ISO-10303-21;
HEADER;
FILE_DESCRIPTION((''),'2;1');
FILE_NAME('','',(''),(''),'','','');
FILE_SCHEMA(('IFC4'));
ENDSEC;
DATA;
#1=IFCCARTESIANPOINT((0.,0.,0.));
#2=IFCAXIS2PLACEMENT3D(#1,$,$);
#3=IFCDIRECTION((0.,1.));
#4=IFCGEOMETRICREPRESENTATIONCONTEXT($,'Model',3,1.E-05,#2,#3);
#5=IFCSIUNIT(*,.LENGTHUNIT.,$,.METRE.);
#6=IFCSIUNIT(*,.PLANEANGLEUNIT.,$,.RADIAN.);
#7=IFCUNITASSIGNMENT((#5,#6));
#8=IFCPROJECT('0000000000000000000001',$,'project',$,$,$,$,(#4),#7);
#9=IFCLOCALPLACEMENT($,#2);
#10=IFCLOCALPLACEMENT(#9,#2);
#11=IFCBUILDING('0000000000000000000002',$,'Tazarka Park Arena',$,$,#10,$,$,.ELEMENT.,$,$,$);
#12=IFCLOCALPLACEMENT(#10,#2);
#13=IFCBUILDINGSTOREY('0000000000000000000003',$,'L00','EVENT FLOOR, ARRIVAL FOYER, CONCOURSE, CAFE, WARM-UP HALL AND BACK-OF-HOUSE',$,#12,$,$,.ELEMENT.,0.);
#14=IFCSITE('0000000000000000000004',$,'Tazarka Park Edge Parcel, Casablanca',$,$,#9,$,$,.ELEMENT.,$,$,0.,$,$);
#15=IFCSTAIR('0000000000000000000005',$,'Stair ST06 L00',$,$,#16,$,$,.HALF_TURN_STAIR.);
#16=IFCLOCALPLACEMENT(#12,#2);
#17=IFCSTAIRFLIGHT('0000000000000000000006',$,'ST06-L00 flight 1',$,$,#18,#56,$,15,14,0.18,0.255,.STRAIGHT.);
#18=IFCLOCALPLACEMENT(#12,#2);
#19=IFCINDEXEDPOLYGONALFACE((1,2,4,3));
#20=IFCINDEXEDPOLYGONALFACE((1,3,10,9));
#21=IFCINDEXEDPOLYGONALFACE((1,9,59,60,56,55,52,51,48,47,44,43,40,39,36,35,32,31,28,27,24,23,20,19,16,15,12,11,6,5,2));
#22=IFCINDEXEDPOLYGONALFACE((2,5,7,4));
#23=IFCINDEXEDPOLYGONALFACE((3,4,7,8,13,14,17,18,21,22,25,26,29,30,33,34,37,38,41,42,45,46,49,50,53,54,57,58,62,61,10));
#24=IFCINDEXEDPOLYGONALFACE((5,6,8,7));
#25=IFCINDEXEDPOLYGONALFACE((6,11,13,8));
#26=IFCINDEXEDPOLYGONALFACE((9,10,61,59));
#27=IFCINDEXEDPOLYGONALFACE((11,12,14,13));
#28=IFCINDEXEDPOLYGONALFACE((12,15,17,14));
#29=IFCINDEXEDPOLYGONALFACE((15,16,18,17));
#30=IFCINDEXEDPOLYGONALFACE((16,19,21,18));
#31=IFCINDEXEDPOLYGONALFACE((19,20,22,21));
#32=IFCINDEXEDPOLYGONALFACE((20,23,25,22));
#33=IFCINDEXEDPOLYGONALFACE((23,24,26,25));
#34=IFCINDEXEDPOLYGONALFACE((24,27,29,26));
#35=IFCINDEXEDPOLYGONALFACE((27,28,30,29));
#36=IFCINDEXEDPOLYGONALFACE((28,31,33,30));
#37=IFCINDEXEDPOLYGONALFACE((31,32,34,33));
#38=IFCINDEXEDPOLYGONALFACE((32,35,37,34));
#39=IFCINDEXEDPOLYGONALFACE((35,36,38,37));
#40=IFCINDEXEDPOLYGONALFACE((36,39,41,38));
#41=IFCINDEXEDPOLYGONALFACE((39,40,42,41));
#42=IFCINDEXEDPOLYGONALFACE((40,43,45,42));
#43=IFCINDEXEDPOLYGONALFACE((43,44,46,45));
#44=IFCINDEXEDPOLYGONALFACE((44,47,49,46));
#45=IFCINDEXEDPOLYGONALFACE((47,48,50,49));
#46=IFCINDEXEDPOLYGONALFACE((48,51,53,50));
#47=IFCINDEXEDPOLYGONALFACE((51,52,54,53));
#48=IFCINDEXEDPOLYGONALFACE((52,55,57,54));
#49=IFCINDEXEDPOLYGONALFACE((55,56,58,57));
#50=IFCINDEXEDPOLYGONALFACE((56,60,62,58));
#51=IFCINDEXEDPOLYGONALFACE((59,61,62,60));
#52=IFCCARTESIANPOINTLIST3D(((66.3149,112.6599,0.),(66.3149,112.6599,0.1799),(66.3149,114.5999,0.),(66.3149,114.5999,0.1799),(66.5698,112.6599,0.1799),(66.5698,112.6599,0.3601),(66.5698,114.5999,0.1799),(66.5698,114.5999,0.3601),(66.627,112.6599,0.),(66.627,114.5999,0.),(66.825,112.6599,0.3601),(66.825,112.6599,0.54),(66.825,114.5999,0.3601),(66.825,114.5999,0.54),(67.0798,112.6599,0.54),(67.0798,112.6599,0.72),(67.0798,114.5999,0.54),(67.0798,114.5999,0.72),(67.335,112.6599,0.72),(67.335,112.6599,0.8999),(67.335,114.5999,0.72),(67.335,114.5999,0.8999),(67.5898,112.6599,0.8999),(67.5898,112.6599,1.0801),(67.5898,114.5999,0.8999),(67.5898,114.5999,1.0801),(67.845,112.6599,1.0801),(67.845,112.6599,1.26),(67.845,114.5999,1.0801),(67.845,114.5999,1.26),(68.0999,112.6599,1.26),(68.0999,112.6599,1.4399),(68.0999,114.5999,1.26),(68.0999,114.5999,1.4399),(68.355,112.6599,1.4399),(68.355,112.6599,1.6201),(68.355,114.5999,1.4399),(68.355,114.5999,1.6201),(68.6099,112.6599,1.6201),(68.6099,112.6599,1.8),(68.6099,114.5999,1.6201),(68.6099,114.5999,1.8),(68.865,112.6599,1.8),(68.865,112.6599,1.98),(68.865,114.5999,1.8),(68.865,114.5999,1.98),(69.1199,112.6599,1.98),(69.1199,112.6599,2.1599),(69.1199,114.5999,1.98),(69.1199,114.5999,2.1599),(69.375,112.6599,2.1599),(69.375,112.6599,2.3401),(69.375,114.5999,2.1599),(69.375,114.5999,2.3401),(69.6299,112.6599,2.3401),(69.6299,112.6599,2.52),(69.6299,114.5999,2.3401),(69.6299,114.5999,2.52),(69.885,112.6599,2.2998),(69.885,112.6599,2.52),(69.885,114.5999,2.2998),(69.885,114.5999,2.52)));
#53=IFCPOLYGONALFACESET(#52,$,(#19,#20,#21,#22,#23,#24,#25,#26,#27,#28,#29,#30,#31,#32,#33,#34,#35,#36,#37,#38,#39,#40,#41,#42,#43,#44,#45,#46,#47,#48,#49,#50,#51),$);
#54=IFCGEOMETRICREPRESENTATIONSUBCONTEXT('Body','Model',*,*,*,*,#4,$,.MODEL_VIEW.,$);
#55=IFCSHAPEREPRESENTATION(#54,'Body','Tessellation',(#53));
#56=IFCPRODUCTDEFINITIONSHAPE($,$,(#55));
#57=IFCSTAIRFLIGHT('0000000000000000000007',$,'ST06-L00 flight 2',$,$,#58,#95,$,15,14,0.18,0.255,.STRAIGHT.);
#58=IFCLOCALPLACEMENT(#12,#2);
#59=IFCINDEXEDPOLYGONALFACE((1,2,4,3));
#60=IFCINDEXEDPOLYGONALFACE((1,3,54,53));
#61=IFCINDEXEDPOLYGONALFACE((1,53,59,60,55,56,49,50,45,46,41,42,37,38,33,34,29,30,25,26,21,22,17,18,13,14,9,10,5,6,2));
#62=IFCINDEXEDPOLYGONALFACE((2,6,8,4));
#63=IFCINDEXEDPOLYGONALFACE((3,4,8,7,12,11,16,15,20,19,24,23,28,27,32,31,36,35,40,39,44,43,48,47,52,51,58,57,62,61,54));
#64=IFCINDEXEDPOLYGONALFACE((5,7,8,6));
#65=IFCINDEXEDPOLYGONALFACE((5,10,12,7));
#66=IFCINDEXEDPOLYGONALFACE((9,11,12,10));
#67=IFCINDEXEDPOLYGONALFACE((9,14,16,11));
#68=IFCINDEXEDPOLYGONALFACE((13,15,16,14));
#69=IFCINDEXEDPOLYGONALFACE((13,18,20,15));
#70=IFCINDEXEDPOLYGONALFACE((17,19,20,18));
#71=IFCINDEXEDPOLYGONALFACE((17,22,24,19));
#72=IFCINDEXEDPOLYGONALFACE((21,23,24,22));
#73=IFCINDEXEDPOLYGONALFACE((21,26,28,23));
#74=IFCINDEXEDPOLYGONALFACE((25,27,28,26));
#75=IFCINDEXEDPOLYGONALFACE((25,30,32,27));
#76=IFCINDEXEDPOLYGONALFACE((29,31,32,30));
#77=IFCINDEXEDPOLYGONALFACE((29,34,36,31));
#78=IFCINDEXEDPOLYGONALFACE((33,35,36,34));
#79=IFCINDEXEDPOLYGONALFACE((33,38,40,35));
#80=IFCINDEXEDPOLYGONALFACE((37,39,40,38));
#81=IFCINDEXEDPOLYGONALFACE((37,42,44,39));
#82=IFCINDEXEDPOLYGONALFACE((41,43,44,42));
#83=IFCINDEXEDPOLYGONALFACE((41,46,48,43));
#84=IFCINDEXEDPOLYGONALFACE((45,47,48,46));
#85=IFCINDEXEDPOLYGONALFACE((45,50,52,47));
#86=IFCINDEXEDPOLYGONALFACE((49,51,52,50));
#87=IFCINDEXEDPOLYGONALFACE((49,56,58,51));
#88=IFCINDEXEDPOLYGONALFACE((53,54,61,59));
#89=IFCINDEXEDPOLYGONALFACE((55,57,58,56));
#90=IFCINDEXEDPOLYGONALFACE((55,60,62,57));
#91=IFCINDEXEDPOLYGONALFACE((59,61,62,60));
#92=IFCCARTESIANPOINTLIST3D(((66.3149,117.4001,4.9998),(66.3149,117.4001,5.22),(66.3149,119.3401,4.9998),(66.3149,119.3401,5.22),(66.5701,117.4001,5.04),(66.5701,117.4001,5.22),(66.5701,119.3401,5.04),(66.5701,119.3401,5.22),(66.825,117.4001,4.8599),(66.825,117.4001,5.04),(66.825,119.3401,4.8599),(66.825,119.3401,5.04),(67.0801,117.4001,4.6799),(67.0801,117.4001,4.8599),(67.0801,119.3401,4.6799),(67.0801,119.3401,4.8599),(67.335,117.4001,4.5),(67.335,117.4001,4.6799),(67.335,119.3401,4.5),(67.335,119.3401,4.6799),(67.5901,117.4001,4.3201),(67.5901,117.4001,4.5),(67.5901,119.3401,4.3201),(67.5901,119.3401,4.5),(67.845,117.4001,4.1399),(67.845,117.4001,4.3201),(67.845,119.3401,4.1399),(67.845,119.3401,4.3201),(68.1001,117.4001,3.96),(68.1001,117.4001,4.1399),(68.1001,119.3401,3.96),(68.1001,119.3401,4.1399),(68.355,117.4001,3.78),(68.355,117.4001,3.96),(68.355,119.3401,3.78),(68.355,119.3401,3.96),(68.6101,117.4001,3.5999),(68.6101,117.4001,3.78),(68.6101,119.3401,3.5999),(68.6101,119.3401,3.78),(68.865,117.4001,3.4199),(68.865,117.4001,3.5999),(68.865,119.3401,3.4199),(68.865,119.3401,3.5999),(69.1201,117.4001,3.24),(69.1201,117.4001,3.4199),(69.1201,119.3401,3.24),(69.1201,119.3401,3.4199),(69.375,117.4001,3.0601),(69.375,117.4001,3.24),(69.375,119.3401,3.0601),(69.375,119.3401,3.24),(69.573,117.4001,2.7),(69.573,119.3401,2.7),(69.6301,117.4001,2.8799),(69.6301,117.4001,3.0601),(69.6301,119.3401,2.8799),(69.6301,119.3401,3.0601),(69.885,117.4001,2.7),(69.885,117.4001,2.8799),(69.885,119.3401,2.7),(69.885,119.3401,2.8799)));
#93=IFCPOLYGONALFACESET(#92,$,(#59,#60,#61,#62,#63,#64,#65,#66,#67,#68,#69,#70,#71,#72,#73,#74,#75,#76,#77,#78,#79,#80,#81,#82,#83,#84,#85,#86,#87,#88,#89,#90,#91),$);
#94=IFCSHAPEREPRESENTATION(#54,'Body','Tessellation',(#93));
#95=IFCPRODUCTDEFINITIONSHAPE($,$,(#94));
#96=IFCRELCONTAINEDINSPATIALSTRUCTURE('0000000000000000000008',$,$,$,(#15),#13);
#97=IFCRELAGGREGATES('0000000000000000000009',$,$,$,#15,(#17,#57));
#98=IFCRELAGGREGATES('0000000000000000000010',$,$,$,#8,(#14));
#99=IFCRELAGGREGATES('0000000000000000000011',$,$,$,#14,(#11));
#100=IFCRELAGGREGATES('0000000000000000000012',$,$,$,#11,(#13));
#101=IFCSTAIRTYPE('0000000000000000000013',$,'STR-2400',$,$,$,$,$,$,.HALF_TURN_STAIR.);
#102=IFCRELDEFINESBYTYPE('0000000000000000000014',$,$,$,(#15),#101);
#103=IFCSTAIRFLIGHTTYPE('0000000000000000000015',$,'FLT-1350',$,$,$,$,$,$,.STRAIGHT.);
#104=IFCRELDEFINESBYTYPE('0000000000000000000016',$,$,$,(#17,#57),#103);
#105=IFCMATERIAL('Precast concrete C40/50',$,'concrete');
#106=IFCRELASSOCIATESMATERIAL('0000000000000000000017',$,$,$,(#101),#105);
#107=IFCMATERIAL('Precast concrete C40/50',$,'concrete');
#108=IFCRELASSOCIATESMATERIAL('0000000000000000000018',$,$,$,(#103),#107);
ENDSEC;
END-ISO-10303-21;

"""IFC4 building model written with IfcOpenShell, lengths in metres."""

from ifc_helpers import new_model, si_unit, direction, frame, origin, place, context, subcontext, project, spatial, polyline, outline, extrude, material, type_object, element, aggregate, save


model = new_model("IFC4")

# Units and contexts
model_context = context("Model", 3, precision=1e-05, world=origin(), true_north=direction((0.0, 1.0)))
body_context = subcontext(model_context, "Body", "Model", "MODEL_VIEW")
ifc_project = project(units=[si_unit("LENGTHUNIT", "METRE"), si_unit("PLANEANGLEUNIT", "RADIAN")], contexts=[model_context])

# Site, building, storey
site_placement = place(None, origin())
site = spatial("IfcSite", under=ifc_project, at=site_placement, Name="Tazarka Park Edge Parcel, Casablanca", CompositionType="ELEMENT", RefElevation=0.0)
building_placement = place(site_placement, origin())
building = spatial("IfcBuilding", under=site, at=building_placement, Name="Tazarka Park Arena", CompositionType="ELEMENT")
storey_placement = place(building_placement, origin())
storey = spatial("IfcBuildingStorey", under=building, at=storey_placement, Name="L00", Description="EVENT FLOOR, ARRIVAL FOYER, CONCOURSE, CAFE, WARM-UP HALL AND BACK-OF-HOUSE", CompositionType="ELEMENT", Elevation=0.0)

# Stair, stair flights
ifc_material_1 = material(Name="Precast concrete C40/50", Category="concrete")
stair_type = type_object("IfcStairType", Name="STR-2400", PredefinedType="HALF_TURN_STAIR", material=ifc_material_1)
stair_placement = place(storey_placement, origin())
stair = element("IfcStair", 1, at=stair_placement, inside=storey, type_object=stair_type, Name="Stair ST06 L00", PredefinedType="HALF_TURN_STAIR")
ifc_material_2 = material(Name="Precast concrete C40/50", Category="concrete")
stair_flight_type = type_object("IfcStairFlightType", Name="FLT-1350", PredefinedType="STRAIGHT", material=ifc_material_2)
stair_flight_1_placement = place(storey_placement, frame((66.3149, 113.6299, 0.0), z_axis=(0.0, 0.0, 1.0), x_axis=(1.0, 0.0, 0.0)))
stair_flight_1 = element("IfcStairFlight", 2, at=stair_flight_1_placement, type_object=stair_flight_type, Name="ST06-L00 flight 1", NumberOfRisers=15, NumberOfTreads=14, PredefinedType="STRAIGHT", RiserHeight=0.18, TreadLength=0.255, context=body_context, shape_type="SweptSolid", body=[
    extrude(outline(polyline([(0.0, 0.0), (0.0, 0.1799), (0.2549, 0.1799), (0.2549, 0.3601), (0.51, 0.3601), (0.51, 0.54), (0.7649, 0.54), (0.7649, 0.72), (1.02, 0.72), (1.02, 0.8999), (1.2749, 0.8999), (1.2749, 1.0801), (1.53, 1.0801), (1.53, 1.26), (1.7849, 1.26), (1.7849, 1.4399), (2.04, 1.4399), (2.04, 1.6201), (2.2949, 1.6201), (2.2949, 1.8), (2.55, 1.8), (2.55, 1.98), (2.8049, 1.98), (2.8049, 2.1599), (3.0601, 2.1599), (3.0601, 2.3401), (3.3149, 2.3401), (3.3149, 2.52), (3.5701, 2.52), (3.5701, 2.7), (3.5701, 2.2998), (0.312, 0.0), (0.0, 0.0)])), frame((0.0, 0.97, 0.0), z_axis=(0.0, -1.0, 0.0), x_axis=(1.0, 0.0, 0.0)), (0.0, 0.0, 1.0), 1.9399),
])
stair_flight_2_placement = place(storey_placement, frame((69.885, 118.3701, 2.7), z_axis=(0.0, 0.0, 1.0), x_axis=(-1.0, 0.0, 0.0)))
stair_flight_2 = element("IfcStairFlight", 3, at=stair_flight_2_placement, type_object=stair_flight_type, Name="ST06-L00 flight 2", NumberOfRisers=15, NumberOfTreads=14, PredefinedType="STRAIGHT", RiserHeight=0.18, TreadLength=0.255, context=body_context, shape_type="SweptSolid", body=[
    extrude(outline(polyline([(0.0, 0.0), (0.0, 0.1799), (0.2549, 0.1799), (0.2549, 0.3601), (0.51, 0.3601), (0.51, 0.54), (0.7649, 0.54), (0.7649, 0.72), (1.02, 0.72), (1.02, 0.8999), (1.2749, 0.8999), (1.2749, 1.0801), (1.53, 1.0801), (1.53, 1.26), (1.7849, 1.26), (1.7849, 1.4399), (2.04, 1.4399), (2.04, 1.6201), (2.2949, 1.6201), (2.2949, 1.8), (2.55, 1.8), (2.55, 1.98), (2.8049, 1.98), (2.8049, 2.1599), (3.0601, 2.1599), (3.0601, 2.3401), (3.3149, 2.3401), (3.3149, 2.52), (3.5701, 2.52), (3.5701, 2.7), (3.5701, 2.2998), (0.312, 0.0), (0.0, 0.0)])), frame((0.0, 0.97, 0.0), z_axis=(0.0, -1.0, 0.0), x_axis=(1.0, 0.0, 0.0)), (0.0, 0.0, 1.0), 1.9399),
])
aggregate(stair, [stair_flight_1, stair_flight_2])

save(model, "model.ifc")
